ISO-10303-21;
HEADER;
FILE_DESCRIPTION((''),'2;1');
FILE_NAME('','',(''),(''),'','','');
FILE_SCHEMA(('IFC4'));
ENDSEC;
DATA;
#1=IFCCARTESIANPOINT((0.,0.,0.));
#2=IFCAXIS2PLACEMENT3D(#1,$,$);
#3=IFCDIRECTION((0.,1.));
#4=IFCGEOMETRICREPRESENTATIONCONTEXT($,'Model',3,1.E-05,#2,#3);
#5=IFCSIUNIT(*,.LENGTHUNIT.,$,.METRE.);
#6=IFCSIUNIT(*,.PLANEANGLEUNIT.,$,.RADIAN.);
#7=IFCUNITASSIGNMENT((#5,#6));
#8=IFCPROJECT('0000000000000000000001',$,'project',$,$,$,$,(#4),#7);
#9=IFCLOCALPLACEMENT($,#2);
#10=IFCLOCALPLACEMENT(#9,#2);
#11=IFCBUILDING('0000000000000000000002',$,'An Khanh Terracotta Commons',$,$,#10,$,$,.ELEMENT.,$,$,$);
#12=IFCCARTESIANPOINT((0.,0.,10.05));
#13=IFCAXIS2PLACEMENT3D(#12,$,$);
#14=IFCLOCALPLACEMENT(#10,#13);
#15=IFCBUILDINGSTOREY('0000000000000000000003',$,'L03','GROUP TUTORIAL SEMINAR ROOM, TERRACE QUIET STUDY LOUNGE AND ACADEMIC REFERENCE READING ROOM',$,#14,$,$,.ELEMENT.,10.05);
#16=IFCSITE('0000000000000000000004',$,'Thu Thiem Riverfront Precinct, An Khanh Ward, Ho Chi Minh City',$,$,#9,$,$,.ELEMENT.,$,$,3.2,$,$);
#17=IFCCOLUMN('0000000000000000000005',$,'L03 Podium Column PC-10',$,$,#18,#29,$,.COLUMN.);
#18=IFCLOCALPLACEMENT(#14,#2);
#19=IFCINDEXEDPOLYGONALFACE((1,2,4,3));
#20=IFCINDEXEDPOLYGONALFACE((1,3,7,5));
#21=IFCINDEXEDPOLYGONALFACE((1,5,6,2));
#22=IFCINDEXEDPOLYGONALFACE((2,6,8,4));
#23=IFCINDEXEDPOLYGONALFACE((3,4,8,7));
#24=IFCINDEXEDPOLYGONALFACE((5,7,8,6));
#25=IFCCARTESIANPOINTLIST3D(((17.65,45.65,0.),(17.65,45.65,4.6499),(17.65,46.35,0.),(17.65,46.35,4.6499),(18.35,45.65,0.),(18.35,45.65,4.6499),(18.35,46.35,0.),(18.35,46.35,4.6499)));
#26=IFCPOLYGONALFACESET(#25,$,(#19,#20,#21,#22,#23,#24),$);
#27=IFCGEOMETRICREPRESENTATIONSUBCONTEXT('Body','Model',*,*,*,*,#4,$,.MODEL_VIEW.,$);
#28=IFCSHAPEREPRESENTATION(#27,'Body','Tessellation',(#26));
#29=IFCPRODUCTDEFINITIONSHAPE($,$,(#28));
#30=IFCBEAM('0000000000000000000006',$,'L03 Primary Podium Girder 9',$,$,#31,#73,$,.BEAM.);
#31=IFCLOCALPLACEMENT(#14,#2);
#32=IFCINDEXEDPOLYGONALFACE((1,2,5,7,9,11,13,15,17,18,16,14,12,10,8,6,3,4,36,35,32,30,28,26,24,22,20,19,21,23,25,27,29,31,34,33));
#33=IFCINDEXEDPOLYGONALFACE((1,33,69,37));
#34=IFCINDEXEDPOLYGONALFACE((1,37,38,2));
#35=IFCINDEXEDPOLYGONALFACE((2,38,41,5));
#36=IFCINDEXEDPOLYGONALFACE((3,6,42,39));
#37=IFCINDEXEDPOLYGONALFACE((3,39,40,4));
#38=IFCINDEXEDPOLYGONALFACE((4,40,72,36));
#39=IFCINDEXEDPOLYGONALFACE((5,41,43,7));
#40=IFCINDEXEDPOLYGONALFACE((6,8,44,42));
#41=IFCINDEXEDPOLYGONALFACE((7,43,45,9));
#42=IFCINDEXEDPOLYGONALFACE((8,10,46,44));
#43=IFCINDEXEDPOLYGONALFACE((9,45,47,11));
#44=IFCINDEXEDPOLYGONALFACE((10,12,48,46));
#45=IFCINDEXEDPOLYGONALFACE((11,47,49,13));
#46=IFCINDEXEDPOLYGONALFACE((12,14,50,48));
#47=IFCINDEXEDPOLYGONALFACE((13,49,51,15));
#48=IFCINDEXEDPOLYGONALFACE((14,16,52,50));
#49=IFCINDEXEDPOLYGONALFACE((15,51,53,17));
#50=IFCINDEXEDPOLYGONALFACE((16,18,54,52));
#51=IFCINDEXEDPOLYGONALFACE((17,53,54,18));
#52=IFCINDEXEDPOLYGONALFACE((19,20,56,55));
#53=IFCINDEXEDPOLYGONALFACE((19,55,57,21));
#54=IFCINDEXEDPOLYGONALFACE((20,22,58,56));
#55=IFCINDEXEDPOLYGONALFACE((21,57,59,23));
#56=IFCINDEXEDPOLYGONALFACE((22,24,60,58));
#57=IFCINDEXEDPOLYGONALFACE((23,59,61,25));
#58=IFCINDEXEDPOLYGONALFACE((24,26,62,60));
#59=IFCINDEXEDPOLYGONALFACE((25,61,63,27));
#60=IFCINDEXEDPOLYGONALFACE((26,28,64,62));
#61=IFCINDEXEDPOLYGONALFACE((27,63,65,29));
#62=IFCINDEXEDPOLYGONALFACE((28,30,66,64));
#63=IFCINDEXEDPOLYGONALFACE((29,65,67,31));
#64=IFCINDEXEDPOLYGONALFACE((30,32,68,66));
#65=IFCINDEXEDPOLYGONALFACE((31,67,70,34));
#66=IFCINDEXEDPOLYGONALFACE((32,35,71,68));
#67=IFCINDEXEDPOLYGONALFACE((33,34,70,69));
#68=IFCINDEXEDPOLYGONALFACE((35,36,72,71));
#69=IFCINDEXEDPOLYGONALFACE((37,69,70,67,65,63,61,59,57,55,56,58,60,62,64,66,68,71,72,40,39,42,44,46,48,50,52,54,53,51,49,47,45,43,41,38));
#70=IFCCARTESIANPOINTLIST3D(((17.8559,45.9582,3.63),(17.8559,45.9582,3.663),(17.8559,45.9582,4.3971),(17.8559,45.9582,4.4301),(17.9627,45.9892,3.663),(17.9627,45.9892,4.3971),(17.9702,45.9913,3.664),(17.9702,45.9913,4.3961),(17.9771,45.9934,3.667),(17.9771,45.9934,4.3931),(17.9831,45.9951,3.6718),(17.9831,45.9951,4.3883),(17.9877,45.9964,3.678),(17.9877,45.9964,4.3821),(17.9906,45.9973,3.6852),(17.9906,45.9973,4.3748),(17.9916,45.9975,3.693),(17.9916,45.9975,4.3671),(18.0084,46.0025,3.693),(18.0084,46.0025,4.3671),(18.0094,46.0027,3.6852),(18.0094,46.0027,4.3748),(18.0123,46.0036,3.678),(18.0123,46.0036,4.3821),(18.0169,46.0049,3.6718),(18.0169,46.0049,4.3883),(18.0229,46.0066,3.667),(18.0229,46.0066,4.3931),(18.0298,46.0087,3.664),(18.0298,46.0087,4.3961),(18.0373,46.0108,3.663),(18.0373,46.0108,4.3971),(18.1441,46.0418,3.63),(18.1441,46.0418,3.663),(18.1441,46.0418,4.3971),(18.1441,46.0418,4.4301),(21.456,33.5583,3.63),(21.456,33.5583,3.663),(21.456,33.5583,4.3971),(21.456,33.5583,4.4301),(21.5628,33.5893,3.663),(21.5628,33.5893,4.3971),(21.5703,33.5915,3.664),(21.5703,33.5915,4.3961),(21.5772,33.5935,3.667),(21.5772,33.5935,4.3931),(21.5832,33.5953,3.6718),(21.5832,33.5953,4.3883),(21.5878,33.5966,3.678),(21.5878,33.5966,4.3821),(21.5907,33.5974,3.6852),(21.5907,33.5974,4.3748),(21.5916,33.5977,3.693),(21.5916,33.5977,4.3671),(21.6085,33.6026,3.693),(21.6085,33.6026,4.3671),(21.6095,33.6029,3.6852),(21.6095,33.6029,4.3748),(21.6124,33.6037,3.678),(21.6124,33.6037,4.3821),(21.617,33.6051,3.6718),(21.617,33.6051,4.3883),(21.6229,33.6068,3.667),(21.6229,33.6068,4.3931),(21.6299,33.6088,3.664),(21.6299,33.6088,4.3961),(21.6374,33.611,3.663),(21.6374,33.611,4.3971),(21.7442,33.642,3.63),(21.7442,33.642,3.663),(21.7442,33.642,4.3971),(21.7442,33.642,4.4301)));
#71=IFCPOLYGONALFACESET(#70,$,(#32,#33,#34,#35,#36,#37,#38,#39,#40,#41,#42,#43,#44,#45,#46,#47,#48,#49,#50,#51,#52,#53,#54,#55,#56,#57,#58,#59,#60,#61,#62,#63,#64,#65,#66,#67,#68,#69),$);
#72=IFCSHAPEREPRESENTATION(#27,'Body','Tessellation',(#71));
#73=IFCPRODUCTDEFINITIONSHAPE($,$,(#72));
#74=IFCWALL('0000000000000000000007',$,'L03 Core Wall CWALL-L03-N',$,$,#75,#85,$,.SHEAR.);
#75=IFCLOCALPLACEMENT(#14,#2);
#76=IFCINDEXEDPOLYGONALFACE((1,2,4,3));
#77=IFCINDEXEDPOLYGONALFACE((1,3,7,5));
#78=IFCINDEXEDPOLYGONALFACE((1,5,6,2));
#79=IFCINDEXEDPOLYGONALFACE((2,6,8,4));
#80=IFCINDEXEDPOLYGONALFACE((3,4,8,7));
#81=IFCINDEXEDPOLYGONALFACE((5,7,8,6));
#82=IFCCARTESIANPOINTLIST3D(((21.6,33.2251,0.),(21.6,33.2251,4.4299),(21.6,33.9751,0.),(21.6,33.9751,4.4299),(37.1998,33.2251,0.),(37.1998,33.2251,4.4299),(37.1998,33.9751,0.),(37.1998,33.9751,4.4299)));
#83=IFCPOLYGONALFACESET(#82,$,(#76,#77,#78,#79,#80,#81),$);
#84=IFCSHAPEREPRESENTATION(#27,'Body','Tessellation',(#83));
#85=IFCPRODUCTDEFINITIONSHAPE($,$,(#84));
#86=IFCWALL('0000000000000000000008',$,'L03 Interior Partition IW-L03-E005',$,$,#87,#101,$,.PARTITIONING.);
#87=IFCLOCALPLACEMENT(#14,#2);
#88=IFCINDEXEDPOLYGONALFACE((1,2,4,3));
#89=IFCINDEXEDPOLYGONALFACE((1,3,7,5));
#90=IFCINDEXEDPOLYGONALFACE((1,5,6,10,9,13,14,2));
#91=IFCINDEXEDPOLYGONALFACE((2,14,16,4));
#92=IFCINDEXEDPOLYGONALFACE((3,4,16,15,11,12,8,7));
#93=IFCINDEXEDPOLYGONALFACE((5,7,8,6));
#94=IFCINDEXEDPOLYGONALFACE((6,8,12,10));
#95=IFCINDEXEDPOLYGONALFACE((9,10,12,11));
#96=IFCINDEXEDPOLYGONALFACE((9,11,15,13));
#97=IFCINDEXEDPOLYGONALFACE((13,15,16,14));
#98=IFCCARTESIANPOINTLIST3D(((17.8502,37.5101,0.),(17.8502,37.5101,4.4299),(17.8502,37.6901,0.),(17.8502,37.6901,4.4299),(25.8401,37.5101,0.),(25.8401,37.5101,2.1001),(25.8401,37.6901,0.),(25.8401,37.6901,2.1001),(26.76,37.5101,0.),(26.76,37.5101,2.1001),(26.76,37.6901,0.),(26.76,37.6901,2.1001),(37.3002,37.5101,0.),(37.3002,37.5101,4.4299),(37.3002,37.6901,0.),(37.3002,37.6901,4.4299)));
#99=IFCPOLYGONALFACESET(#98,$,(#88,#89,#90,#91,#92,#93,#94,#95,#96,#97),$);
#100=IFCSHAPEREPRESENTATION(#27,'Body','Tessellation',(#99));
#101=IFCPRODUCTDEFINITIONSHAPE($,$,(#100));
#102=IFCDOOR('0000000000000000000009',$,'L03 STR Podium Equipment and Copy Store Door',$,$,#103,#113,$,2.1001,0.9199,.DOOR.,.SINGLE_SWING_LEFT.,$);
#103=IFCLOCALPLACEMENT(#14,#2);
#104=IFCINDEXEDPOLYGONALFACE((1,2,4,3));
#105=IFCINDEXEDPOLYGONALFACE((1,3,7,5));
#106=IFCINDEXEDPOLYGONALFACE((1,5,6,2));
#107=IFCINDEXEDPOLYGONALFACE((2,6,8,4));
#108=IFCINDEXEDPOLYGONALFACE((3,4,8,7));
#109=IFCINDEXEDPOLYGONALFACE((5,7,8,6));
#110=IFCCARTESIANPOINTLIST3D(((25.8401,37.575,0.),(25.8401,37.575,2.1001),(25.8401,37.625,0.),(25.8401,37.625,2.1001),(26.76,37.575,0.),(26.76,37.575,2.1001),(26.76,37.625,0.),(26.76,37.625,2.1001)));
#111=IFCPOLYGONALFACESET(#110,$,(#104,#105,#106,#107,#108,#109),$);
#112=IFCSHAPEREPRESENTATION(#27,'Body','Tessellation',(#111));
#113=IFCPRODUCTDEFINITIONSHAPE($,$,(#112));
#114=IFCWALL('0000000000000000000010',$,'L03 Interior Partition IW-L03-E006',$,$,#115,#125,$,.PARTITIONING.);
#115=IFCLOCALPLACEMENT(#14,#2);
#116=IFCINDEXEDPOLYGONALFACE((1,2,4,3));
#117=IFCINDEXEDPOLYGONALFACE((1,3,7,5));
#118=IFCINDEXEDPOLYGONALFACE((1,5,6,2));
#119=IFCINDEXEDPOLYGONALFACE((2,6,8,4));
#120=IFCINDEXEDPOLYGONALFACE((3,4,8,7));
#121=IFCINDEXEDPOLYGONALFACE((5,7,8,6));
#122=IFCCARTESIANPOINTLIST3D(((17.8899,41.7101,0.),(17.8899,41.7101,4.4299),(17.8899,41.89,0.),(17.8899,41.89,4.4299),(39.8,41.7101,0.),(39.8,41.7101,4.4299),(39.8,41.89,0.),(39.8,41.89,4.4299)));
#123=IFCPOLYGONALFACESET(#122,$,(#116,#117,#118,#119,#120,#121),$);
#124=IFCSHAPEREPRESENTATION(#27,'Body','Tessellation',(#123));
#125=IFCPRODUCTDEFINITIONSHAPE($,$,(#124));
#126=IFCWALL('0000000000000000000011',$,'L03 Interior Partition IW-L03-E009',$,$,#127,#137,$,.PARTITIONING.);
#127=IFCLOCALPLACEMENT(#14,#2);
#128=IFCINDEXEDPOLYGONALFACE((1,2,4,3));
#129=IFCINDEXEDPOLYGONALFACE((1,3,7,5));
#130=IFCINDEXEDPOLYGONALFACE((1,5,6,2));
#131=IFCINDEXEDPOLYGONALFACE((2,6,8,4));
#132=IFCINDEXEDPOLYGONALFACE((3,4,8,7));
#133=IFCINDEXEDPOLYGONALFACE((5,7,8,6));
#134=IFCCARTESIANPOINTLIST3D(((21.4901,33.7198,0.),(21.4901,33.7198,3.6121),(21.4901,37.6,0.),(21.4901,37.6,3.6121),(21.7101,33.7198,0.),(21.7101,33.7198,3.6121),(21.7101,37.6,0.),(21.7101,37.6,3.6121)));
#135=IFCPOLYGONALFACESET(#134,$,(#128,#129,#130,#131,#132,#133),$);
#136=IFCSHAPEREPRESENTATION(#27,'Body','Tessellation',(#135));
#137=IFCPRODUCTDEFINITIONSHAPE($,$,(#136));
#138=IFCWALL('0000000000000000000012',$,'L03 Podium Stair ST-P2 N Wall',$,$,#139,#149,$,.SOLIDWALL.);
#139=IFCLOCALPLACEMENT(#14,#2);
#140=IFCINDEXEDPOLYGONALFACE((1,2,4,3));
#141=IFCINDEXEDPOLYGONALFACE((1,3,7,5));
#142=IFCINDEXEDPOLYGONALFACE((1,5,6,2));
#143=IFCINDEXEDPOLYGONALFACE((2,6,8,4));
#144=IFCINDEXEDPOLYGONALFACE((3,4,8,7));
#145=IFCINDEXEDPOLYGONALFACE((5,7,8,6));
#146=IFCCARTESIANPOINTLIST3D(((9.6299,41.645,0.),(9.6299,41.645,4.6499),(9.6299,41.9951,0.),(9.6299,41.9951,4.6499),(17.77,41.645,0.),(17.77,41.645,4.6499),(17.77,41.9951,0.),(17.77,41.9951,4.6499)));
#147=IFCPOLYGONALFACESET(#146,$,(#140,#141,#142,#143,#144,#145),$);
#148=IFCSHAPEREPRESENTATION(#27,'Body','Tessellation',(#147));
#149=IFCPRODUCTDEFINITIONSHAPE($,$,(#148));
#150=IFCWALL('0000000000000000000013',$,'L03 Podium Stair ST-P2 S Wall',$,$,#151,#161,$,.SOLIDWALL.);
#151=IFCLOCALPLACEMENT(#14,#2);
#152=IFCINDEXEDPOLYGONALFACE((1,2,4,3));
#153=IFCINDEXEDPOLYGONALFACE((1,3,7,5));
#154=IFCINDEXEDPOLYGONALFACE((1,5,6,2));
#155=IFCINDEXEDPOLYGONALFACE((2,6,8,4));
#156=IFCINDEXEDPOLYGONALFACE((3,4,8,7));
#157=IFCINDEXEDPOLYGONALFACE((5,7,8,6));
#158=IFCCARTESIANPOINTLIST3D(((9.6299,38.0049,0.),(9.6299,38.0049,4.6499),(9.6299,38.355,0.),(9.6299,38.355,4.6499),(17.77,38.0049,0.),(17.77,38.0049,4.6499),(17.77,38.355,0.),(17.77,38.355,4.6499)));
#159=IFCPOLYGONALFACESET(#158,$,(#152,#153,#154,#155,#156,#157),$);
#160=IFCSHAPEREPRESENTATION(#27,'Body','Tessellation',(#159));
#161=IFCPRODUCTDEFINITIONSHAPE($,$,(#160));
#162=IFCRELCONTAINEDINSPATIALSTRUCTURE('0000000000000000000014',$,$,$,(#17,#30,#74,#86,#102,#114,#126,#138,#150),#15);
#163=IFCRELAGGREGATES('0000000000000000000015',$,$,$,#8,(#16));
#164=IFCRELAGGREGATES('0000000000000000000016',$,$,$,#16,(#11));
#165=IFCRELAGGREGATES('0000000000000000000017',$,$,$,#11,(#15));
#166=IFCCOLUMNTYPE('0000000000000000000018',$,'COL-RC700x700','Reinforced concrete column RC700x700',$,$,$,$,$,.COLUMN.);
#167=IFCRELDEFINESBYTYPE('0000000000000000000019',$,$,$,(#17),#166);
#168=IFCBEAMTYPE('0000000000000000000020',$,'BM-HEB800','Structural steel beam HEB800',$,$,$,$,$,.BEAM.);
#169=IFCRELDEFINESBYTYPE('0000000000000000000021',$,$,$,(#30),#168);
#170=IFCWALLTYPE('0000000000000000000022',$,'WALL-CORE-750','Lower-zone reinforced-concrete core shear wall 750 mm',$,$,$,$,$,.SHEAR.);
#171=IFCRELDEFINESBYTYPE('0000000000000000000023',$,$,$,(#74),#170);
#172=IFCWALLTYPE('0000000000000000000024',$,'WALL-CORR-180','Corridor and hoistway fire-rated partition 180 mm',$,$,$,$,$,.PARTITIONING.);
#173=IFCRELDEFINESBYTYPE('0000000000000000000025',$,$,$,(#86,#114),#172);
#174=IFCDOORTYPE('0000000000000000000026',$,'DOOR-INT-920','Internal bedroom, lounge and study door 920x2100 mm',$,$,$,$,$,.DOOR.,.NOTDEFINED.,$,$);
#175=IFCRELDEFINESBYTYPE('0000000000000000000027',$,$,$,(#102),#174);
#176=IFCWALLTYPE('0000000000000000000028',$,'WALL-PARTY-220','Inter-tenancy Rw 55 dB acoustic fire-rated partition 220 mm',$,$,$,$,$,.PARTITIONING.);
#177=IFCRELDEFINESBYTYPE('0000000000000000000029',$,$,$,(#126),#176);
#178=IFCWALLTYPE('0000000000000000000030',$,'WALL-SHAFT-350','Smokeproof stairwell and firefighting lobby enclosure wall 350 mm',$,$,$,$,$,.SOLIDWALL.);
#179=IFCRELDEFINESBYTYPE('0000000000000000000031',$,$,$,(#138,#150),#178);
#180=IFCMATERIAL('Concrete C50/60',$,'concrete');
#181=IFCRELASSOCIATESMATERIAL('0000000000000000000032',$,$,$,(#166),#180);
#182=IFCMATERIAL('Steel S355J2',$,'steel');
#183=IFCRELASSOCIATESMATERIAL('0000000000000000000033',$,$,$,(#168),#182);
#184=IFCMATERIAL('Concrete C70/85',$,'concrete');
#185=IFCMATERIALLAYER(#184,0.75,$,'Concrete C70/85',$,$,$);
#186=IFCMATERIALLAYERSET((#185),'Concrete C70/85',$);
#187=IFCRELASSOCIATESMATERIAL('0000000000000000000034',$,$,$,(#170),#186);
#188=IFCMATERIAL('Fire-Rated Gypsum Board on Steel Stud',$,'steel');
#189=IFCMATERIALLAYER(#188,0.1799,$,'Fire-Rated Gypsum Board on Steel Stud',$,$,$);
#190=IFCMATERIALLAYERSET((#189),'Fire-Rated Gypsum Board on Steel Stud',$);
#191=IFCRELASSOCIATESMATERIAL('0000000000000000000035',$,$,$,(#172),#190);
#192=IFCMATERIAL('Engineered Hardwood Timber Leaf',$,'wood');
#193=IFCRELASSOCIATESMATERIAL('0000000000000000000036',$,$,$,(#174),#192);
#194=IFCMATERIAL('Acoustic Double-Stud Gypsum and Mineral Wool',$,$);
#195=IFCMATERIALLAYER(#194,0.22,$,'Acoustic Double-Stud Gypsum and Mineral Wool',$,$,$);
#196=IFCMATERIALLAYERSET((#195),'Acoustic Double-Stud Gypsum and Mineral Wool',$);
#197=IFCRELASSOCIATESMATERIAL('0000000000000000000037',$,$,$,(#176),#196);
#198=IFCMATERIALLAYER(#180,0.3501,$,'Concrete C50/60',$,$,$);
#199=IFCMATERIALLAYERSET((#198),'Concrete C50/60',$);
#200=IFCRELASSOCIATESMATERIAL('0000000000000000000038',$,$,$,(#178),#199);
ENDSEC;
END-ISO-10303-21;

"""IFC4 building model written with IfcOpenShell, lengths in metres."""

from ifc_helpers import new_model, si_unit, direction, frame, frame_2d, origin, origin_2d, place, context, subcontext, project, spatial, rectangle, i_section, extrude, material, layer, layer_set, material_profile, profile_set, type_object, element, fill, save


model = new_model("IFC4")

# Units and contexts
model_context = context("Model", 3, precision=1e-05, world=origin(), true_north=direction((0.0, 1.0)))
body_context = subcontext(model_context, "Body", "Model", "MODEL_VIEW")
ifc_project = project(units=[si_unit("LENGTHUNIT", "METRE"), si_unit("PLANEANGLEUNIT", "RADIAN")], contexts=[model_context])

# Site, building, storey
site_placement = place(None, origin())
site = spatial("IfcSite", under=ifc_project, at=site_placement, Name="Thu Thiem Riverfront Precinct, An Khanh Ward, Ho Chi Minh City", CompositionType="ELEMENT", RefElevation=3.2)
building_placement = place(site_placement, origin())
building = spatial("IfcBuilding", under=site, at=building_placement, Name="An Khanh Terracotta Commons", CompositionType="ELEMENT")
storey_placement = place(building_placement, frame((0.0, 0.0, 10.05)))
storey = spatial("IfcBuildingStorey", under=building, at=storey_placement, Name="L03", Description="GROUP TUTORIAL SEMINAR ROOM, TERRACE QUIET STUDY LOUNGE AND ACADEMIC REFERENCE READING ROOM", CompositionType="ELEMENT", Elevation=10.05)

# Column
ifc_material_1 = material(Name="Concrete C50/60", Category="concrete")
ifc_material_profile_1 = material_profile(ifc_material_1, rectangle(XDim=0.7, YDim=0.7, at=origin_2d()), Name="RC700x700")
ifc_profile_set_1 = profile_set([ifc_material_profile_1], Name="Concrete C50/60")
column_type = type_object("IfcColumnType", Name="COL-RC700x700", Description="Reinforced concrete column RC700x700", PredefinedType="COLUMN", material=ifc_profile_set_1)
column_placement = place(storey_placement, frame((18.0, 46.0, 0.0), z_axis=(0.0, 0.0, 1.0), x_axis=(1.0, 0.0, 0.0)))
element("IfcColumn", 1, at=column_placement, inside=storey, type_object=column_type, Name="L03 Podium Column PC-10", PredefinedType="COLUMN", context=body_context, shape_type="SweptSolid", body=[
    extrude(rectangle(XDim=0.7, YDim=0.7, at=origin_2d()), origin(), (0.0, 0.0, 1.0), 4.6499),
])

# Beam
ifc_material_2 = material(Name="Steel S355J2", Category="steel")
ifc_material_profile_2 = material_profile(ifc_material_2, i_section(OverallWidth=0.3, OverallDepth=0.8, WebThickness=0.0176, FlangeThickness=0.033, FilletRadius=0.03, at=origin_2d()), Name="HEB800")
ifc_profile_set_2 = profile_set([ifc_material_profile_2], Name="Steel S355J2")
beam_type = type_object("IfcBeamType", Name="BM-HEB800", Description="Structural steel beam HEB800", PredefinedType="BEAM", material=ifc_profile_set_2)
beam_placement = place(storey_placement, frame((18.0, 46.0, 4.03), z_axis=(0.278819, -0.960344, 0.0), x_axis=(0.960344, 0.278819, 0.0)))
element("IfcBeam", 2, at=beam_placement, inside=storey, type_object=beam_type, Name="L03 Primary Podium Girder 9", PredefinedType="BEAM", context=body_context, shape_type="SweptSolid", body=[
    extrude(i_section(OverallWidth=0.3, OverallDepth=0.8, WebThickness=0.0176, FlangeThickness=0.033, FilletRadius=0.03, at=origin_2d()), origin(), (0.0, 0.0, 1.0), 12.9119),
])

# Wall
ifc_material_3 = material(Name="Concrete C70/85", Category="concrete")
ifc_layer_1 = layer(ifc_material_3, 0.75, Name="Concrete C70/85")
ifc_layer_set_1 = layer_set([ifc_layer_1], Name="Concrete C70/85")
wall_type_1 = type_object("IfcWallType", Name="WALL-CORE-750", Description="Lower-zone reinforced-concrete core shear wall 750 mm", PredefinedType="SHEAR", material=ifc_layer_set_1)
wall_1_placement = place(storey_placement, frame((21.6001, 33.6001, 0.0), z_axis=(0.0, 0.0, 1.0), x_axis=(1.0, 0.0, 0.0)))
element("IfcWall", 3, at=wall_1_placement, inside=storey, type_object=wall_type_1, Name="L03 Core Wall CWALL-L03-N", PredefinedType="SHEAR", context=body_context, shape_type="SweptSolid", body=[
    extrude(rectangle(XDim=15.5999, YDim=0.75, at=frame_2d((7.7998, 0.0))), origin(), (0.0, 0.0, 1.0), 4.4299),
])

# Wall, opening, door
ifc_material_4 = material(Name="Fire-Rated Gypsum Board on Steel Stud", Category="steel")
ifc_layer_2 = layer(ifc_material_4, 0.1799, Name="Fire-Rated Gypsum Board on Steel Stud")
ifc_layer_set_2 = layer_set([ifc_layer_2], Name="Fire-Rated Gypsum Board on Steel Stud")
wall_type_2 = type_object("IfcWallType", Name="WALL-CORR-180", Description="Corridor and hoistway fire-rated partition 180 mm", PredefinedType="PARTITIONING", material=ifc_layer_set_2)
wall_2_placement = place(storey_placement, frame((17.8501, 37.6001, 0.0), z_axis=(0.0, 0.0, 1.0), x_axis=(1.0, 0.0, 0.0)))
wall_2 = element("IfcWall", 4, at=wall_2_placement, inside=storey, type_object=wall_type_2, Name="L03 Interior Partition IW-L03-E005", PredefinedType="PARTITIONING", context=body_context, shape_type="SweptSolid", body=[
    extrude(rectangle(XDim=19.45, YDim=0.1799, at=frame_2d((9.7251, 0.0))), origin(), (0.0, 0.0, 1.0), 4.4299),
])
opening_1_placement = place(wall_2_placement, frame((7.99, 0.0, 0.0)))
opening_1 = element("IfcOpeningElement", 5, at=opening_1_placement, cuts=wall_2, PredefinedType="OPENING", context=body_context, shape_type="SweptSolid", body=[
    extrude(rectangle(XDim=0.9199, YDim=2.1001, at=frame_2d((0.46, 1.05))), frame((0.0, 0.0999, 0.0), z_axis=(0.0, -1.0, 0.0), x_axis=(1.0, 0.0, 0.0)), (0.0, 0.0, 1.0), 0.2),
])
ifc_material_5 = material(Name="Engineered Hardwood Timber Leaf", Category="wood")
door_type_1 = type_object("IfcDoorType", Name="DOOR-INT-920", Description="Internal bedroom, lounge and study door 920x2100 mm", OperationType="NOTDEFINED", PredefinedType="DOOR", material=ifc_material_5)
door_1_placement = place(opening_1_placement, origin())
door_1 = element("IfcDoor", 6, at=door_1_placement, inside=storey, type_object=door_type_1, Name="L03 STR Podium Equipment and Copy Store Door", OperationType="SINGLE_SWING_LEFT", OverallHeight=2.1001, OverallWidth=0.9199, PredefinedType="DOOR", context=body_context, shape_type="SweptSolid", body=[
    extrude(rectangle(XDim=0.9199, YDim=2.1001, at=frame_2d((0.46, 1.05))), frame((0.0, 0.0249, 0.0), z_axis=(0.0, -1.0, 0.0), x_axis=(1.0, 0.0, 0.0)), (0.0, 0.0, 1.0), 0.05),
])
fill(opening_1, door_1)

# Walls
wall_3_placement = place(storey_placement, frame((17.8899, 41.8, 0.0), z_axis=(0.0, 0.0, 1.0), x_axis=(1.0, 0.0, 0.0)))
element("IfcWall", 7, at=wall_3_placement, inside=storey, type_object=wall_type_2, Name="L03 Interior Partition IW-L03-E006", PredefinedType="PARTITIONING", context=body_context, shape_type="SweptSolid", body=[
    extrude(rectangle(XDim=21.9102, YDim=0.1799, at=frame_2d((10.9551, 0.0))), origin(), (0.0, 0.0, 1.0), 4.4299),
])
ifc_material_6 = material(Name="Acoustic Double-Stud Gypsum and Mineral Wool")
ifc_layer_3 = layer(ifc_material_6, 0.22, Name="Acoustic Double-Stud Gypsum and Mineral Wool")
ifc_layer_set_3 = layer_set([ifc_layer_3], Name="Acoustic Double-Stud Gypsum and Mineral Wool")
wall_type_3 = type_object("IfcWallType", Name="WALL-PARTY-220", Description="Inter-tenancy Rw 55 dB acoustic fire-rated partition 220 mm", PredefinedType="PARTITIONING", material=ifc_layer_set_3)
wall_4_placement = place(storey_placement, frame((21.6001, 33.72, 0.0), z_axis=(0.0, 0.0, 1.0), x_axis=(0.0, 1.0, 0.0)))
element("IfcWall", 8, at=wall_4_placement, inside=storey, type_object=wall_type_3, Name="L03 Interior Partition IW-L03-E009", PredefinedType="PARTITIONING", context=body_context, shape_type="SweptSolid", body=[
    extrude(rectangle(XDim=3.8801, YDim=0.22, at=frame_2d((1.9399, 0.0))), origin(), (0.0, 0.0, 1.0), 3.6121),
])
ifc_layer_4 = layer(ifc_material_1, 0.3501, Name="Concrete C50/60")
ifc_layer_set_4 = layer_set([ifc_layer_4], Name="Concrete C50/60")
wall_type_4 = type_object("IfcWallType", Name="WALL-SHAFT-350", Description="Smokeproof stairwell and firefighting lobby enclosure wall 350 mm", PredefinedType="SOLIDWALL", material=ifc_layer_set_4)
for number, where, z_axis, x_axis, name in (
    (9, (9.6299, 41.8201, 0.0), (0.0, 0.0, 1.0), (1.0, 0.0, 0.0), "L03 Podium Stair ST-P2 N Wall"),
    (10, (17.77, 38.1799, 0.0), (0.0, 0.0, 1.0), (-1.0, 0.0, 0.0), "L03 Podium Stair ST-P2 S Wall"),
):
    element("IfcWall", number, at=place(storey_placement, frame(where, z_axis=z_axis, x_axis=x_axis)), inside=storey, type_object=wall_type_4, Name=name, PredefinedType="SOLIDWALL", context=body_context, shape_type="SweptSolid", body=[
        extrude(rectangle(XDim=8.1401, YDim=0.3501, at=frame_2d((4.0701, 0.0))), origin(), (0.0, 0.0, 1.0), 4.6499),
    ])

save(model, "model.ifc")
